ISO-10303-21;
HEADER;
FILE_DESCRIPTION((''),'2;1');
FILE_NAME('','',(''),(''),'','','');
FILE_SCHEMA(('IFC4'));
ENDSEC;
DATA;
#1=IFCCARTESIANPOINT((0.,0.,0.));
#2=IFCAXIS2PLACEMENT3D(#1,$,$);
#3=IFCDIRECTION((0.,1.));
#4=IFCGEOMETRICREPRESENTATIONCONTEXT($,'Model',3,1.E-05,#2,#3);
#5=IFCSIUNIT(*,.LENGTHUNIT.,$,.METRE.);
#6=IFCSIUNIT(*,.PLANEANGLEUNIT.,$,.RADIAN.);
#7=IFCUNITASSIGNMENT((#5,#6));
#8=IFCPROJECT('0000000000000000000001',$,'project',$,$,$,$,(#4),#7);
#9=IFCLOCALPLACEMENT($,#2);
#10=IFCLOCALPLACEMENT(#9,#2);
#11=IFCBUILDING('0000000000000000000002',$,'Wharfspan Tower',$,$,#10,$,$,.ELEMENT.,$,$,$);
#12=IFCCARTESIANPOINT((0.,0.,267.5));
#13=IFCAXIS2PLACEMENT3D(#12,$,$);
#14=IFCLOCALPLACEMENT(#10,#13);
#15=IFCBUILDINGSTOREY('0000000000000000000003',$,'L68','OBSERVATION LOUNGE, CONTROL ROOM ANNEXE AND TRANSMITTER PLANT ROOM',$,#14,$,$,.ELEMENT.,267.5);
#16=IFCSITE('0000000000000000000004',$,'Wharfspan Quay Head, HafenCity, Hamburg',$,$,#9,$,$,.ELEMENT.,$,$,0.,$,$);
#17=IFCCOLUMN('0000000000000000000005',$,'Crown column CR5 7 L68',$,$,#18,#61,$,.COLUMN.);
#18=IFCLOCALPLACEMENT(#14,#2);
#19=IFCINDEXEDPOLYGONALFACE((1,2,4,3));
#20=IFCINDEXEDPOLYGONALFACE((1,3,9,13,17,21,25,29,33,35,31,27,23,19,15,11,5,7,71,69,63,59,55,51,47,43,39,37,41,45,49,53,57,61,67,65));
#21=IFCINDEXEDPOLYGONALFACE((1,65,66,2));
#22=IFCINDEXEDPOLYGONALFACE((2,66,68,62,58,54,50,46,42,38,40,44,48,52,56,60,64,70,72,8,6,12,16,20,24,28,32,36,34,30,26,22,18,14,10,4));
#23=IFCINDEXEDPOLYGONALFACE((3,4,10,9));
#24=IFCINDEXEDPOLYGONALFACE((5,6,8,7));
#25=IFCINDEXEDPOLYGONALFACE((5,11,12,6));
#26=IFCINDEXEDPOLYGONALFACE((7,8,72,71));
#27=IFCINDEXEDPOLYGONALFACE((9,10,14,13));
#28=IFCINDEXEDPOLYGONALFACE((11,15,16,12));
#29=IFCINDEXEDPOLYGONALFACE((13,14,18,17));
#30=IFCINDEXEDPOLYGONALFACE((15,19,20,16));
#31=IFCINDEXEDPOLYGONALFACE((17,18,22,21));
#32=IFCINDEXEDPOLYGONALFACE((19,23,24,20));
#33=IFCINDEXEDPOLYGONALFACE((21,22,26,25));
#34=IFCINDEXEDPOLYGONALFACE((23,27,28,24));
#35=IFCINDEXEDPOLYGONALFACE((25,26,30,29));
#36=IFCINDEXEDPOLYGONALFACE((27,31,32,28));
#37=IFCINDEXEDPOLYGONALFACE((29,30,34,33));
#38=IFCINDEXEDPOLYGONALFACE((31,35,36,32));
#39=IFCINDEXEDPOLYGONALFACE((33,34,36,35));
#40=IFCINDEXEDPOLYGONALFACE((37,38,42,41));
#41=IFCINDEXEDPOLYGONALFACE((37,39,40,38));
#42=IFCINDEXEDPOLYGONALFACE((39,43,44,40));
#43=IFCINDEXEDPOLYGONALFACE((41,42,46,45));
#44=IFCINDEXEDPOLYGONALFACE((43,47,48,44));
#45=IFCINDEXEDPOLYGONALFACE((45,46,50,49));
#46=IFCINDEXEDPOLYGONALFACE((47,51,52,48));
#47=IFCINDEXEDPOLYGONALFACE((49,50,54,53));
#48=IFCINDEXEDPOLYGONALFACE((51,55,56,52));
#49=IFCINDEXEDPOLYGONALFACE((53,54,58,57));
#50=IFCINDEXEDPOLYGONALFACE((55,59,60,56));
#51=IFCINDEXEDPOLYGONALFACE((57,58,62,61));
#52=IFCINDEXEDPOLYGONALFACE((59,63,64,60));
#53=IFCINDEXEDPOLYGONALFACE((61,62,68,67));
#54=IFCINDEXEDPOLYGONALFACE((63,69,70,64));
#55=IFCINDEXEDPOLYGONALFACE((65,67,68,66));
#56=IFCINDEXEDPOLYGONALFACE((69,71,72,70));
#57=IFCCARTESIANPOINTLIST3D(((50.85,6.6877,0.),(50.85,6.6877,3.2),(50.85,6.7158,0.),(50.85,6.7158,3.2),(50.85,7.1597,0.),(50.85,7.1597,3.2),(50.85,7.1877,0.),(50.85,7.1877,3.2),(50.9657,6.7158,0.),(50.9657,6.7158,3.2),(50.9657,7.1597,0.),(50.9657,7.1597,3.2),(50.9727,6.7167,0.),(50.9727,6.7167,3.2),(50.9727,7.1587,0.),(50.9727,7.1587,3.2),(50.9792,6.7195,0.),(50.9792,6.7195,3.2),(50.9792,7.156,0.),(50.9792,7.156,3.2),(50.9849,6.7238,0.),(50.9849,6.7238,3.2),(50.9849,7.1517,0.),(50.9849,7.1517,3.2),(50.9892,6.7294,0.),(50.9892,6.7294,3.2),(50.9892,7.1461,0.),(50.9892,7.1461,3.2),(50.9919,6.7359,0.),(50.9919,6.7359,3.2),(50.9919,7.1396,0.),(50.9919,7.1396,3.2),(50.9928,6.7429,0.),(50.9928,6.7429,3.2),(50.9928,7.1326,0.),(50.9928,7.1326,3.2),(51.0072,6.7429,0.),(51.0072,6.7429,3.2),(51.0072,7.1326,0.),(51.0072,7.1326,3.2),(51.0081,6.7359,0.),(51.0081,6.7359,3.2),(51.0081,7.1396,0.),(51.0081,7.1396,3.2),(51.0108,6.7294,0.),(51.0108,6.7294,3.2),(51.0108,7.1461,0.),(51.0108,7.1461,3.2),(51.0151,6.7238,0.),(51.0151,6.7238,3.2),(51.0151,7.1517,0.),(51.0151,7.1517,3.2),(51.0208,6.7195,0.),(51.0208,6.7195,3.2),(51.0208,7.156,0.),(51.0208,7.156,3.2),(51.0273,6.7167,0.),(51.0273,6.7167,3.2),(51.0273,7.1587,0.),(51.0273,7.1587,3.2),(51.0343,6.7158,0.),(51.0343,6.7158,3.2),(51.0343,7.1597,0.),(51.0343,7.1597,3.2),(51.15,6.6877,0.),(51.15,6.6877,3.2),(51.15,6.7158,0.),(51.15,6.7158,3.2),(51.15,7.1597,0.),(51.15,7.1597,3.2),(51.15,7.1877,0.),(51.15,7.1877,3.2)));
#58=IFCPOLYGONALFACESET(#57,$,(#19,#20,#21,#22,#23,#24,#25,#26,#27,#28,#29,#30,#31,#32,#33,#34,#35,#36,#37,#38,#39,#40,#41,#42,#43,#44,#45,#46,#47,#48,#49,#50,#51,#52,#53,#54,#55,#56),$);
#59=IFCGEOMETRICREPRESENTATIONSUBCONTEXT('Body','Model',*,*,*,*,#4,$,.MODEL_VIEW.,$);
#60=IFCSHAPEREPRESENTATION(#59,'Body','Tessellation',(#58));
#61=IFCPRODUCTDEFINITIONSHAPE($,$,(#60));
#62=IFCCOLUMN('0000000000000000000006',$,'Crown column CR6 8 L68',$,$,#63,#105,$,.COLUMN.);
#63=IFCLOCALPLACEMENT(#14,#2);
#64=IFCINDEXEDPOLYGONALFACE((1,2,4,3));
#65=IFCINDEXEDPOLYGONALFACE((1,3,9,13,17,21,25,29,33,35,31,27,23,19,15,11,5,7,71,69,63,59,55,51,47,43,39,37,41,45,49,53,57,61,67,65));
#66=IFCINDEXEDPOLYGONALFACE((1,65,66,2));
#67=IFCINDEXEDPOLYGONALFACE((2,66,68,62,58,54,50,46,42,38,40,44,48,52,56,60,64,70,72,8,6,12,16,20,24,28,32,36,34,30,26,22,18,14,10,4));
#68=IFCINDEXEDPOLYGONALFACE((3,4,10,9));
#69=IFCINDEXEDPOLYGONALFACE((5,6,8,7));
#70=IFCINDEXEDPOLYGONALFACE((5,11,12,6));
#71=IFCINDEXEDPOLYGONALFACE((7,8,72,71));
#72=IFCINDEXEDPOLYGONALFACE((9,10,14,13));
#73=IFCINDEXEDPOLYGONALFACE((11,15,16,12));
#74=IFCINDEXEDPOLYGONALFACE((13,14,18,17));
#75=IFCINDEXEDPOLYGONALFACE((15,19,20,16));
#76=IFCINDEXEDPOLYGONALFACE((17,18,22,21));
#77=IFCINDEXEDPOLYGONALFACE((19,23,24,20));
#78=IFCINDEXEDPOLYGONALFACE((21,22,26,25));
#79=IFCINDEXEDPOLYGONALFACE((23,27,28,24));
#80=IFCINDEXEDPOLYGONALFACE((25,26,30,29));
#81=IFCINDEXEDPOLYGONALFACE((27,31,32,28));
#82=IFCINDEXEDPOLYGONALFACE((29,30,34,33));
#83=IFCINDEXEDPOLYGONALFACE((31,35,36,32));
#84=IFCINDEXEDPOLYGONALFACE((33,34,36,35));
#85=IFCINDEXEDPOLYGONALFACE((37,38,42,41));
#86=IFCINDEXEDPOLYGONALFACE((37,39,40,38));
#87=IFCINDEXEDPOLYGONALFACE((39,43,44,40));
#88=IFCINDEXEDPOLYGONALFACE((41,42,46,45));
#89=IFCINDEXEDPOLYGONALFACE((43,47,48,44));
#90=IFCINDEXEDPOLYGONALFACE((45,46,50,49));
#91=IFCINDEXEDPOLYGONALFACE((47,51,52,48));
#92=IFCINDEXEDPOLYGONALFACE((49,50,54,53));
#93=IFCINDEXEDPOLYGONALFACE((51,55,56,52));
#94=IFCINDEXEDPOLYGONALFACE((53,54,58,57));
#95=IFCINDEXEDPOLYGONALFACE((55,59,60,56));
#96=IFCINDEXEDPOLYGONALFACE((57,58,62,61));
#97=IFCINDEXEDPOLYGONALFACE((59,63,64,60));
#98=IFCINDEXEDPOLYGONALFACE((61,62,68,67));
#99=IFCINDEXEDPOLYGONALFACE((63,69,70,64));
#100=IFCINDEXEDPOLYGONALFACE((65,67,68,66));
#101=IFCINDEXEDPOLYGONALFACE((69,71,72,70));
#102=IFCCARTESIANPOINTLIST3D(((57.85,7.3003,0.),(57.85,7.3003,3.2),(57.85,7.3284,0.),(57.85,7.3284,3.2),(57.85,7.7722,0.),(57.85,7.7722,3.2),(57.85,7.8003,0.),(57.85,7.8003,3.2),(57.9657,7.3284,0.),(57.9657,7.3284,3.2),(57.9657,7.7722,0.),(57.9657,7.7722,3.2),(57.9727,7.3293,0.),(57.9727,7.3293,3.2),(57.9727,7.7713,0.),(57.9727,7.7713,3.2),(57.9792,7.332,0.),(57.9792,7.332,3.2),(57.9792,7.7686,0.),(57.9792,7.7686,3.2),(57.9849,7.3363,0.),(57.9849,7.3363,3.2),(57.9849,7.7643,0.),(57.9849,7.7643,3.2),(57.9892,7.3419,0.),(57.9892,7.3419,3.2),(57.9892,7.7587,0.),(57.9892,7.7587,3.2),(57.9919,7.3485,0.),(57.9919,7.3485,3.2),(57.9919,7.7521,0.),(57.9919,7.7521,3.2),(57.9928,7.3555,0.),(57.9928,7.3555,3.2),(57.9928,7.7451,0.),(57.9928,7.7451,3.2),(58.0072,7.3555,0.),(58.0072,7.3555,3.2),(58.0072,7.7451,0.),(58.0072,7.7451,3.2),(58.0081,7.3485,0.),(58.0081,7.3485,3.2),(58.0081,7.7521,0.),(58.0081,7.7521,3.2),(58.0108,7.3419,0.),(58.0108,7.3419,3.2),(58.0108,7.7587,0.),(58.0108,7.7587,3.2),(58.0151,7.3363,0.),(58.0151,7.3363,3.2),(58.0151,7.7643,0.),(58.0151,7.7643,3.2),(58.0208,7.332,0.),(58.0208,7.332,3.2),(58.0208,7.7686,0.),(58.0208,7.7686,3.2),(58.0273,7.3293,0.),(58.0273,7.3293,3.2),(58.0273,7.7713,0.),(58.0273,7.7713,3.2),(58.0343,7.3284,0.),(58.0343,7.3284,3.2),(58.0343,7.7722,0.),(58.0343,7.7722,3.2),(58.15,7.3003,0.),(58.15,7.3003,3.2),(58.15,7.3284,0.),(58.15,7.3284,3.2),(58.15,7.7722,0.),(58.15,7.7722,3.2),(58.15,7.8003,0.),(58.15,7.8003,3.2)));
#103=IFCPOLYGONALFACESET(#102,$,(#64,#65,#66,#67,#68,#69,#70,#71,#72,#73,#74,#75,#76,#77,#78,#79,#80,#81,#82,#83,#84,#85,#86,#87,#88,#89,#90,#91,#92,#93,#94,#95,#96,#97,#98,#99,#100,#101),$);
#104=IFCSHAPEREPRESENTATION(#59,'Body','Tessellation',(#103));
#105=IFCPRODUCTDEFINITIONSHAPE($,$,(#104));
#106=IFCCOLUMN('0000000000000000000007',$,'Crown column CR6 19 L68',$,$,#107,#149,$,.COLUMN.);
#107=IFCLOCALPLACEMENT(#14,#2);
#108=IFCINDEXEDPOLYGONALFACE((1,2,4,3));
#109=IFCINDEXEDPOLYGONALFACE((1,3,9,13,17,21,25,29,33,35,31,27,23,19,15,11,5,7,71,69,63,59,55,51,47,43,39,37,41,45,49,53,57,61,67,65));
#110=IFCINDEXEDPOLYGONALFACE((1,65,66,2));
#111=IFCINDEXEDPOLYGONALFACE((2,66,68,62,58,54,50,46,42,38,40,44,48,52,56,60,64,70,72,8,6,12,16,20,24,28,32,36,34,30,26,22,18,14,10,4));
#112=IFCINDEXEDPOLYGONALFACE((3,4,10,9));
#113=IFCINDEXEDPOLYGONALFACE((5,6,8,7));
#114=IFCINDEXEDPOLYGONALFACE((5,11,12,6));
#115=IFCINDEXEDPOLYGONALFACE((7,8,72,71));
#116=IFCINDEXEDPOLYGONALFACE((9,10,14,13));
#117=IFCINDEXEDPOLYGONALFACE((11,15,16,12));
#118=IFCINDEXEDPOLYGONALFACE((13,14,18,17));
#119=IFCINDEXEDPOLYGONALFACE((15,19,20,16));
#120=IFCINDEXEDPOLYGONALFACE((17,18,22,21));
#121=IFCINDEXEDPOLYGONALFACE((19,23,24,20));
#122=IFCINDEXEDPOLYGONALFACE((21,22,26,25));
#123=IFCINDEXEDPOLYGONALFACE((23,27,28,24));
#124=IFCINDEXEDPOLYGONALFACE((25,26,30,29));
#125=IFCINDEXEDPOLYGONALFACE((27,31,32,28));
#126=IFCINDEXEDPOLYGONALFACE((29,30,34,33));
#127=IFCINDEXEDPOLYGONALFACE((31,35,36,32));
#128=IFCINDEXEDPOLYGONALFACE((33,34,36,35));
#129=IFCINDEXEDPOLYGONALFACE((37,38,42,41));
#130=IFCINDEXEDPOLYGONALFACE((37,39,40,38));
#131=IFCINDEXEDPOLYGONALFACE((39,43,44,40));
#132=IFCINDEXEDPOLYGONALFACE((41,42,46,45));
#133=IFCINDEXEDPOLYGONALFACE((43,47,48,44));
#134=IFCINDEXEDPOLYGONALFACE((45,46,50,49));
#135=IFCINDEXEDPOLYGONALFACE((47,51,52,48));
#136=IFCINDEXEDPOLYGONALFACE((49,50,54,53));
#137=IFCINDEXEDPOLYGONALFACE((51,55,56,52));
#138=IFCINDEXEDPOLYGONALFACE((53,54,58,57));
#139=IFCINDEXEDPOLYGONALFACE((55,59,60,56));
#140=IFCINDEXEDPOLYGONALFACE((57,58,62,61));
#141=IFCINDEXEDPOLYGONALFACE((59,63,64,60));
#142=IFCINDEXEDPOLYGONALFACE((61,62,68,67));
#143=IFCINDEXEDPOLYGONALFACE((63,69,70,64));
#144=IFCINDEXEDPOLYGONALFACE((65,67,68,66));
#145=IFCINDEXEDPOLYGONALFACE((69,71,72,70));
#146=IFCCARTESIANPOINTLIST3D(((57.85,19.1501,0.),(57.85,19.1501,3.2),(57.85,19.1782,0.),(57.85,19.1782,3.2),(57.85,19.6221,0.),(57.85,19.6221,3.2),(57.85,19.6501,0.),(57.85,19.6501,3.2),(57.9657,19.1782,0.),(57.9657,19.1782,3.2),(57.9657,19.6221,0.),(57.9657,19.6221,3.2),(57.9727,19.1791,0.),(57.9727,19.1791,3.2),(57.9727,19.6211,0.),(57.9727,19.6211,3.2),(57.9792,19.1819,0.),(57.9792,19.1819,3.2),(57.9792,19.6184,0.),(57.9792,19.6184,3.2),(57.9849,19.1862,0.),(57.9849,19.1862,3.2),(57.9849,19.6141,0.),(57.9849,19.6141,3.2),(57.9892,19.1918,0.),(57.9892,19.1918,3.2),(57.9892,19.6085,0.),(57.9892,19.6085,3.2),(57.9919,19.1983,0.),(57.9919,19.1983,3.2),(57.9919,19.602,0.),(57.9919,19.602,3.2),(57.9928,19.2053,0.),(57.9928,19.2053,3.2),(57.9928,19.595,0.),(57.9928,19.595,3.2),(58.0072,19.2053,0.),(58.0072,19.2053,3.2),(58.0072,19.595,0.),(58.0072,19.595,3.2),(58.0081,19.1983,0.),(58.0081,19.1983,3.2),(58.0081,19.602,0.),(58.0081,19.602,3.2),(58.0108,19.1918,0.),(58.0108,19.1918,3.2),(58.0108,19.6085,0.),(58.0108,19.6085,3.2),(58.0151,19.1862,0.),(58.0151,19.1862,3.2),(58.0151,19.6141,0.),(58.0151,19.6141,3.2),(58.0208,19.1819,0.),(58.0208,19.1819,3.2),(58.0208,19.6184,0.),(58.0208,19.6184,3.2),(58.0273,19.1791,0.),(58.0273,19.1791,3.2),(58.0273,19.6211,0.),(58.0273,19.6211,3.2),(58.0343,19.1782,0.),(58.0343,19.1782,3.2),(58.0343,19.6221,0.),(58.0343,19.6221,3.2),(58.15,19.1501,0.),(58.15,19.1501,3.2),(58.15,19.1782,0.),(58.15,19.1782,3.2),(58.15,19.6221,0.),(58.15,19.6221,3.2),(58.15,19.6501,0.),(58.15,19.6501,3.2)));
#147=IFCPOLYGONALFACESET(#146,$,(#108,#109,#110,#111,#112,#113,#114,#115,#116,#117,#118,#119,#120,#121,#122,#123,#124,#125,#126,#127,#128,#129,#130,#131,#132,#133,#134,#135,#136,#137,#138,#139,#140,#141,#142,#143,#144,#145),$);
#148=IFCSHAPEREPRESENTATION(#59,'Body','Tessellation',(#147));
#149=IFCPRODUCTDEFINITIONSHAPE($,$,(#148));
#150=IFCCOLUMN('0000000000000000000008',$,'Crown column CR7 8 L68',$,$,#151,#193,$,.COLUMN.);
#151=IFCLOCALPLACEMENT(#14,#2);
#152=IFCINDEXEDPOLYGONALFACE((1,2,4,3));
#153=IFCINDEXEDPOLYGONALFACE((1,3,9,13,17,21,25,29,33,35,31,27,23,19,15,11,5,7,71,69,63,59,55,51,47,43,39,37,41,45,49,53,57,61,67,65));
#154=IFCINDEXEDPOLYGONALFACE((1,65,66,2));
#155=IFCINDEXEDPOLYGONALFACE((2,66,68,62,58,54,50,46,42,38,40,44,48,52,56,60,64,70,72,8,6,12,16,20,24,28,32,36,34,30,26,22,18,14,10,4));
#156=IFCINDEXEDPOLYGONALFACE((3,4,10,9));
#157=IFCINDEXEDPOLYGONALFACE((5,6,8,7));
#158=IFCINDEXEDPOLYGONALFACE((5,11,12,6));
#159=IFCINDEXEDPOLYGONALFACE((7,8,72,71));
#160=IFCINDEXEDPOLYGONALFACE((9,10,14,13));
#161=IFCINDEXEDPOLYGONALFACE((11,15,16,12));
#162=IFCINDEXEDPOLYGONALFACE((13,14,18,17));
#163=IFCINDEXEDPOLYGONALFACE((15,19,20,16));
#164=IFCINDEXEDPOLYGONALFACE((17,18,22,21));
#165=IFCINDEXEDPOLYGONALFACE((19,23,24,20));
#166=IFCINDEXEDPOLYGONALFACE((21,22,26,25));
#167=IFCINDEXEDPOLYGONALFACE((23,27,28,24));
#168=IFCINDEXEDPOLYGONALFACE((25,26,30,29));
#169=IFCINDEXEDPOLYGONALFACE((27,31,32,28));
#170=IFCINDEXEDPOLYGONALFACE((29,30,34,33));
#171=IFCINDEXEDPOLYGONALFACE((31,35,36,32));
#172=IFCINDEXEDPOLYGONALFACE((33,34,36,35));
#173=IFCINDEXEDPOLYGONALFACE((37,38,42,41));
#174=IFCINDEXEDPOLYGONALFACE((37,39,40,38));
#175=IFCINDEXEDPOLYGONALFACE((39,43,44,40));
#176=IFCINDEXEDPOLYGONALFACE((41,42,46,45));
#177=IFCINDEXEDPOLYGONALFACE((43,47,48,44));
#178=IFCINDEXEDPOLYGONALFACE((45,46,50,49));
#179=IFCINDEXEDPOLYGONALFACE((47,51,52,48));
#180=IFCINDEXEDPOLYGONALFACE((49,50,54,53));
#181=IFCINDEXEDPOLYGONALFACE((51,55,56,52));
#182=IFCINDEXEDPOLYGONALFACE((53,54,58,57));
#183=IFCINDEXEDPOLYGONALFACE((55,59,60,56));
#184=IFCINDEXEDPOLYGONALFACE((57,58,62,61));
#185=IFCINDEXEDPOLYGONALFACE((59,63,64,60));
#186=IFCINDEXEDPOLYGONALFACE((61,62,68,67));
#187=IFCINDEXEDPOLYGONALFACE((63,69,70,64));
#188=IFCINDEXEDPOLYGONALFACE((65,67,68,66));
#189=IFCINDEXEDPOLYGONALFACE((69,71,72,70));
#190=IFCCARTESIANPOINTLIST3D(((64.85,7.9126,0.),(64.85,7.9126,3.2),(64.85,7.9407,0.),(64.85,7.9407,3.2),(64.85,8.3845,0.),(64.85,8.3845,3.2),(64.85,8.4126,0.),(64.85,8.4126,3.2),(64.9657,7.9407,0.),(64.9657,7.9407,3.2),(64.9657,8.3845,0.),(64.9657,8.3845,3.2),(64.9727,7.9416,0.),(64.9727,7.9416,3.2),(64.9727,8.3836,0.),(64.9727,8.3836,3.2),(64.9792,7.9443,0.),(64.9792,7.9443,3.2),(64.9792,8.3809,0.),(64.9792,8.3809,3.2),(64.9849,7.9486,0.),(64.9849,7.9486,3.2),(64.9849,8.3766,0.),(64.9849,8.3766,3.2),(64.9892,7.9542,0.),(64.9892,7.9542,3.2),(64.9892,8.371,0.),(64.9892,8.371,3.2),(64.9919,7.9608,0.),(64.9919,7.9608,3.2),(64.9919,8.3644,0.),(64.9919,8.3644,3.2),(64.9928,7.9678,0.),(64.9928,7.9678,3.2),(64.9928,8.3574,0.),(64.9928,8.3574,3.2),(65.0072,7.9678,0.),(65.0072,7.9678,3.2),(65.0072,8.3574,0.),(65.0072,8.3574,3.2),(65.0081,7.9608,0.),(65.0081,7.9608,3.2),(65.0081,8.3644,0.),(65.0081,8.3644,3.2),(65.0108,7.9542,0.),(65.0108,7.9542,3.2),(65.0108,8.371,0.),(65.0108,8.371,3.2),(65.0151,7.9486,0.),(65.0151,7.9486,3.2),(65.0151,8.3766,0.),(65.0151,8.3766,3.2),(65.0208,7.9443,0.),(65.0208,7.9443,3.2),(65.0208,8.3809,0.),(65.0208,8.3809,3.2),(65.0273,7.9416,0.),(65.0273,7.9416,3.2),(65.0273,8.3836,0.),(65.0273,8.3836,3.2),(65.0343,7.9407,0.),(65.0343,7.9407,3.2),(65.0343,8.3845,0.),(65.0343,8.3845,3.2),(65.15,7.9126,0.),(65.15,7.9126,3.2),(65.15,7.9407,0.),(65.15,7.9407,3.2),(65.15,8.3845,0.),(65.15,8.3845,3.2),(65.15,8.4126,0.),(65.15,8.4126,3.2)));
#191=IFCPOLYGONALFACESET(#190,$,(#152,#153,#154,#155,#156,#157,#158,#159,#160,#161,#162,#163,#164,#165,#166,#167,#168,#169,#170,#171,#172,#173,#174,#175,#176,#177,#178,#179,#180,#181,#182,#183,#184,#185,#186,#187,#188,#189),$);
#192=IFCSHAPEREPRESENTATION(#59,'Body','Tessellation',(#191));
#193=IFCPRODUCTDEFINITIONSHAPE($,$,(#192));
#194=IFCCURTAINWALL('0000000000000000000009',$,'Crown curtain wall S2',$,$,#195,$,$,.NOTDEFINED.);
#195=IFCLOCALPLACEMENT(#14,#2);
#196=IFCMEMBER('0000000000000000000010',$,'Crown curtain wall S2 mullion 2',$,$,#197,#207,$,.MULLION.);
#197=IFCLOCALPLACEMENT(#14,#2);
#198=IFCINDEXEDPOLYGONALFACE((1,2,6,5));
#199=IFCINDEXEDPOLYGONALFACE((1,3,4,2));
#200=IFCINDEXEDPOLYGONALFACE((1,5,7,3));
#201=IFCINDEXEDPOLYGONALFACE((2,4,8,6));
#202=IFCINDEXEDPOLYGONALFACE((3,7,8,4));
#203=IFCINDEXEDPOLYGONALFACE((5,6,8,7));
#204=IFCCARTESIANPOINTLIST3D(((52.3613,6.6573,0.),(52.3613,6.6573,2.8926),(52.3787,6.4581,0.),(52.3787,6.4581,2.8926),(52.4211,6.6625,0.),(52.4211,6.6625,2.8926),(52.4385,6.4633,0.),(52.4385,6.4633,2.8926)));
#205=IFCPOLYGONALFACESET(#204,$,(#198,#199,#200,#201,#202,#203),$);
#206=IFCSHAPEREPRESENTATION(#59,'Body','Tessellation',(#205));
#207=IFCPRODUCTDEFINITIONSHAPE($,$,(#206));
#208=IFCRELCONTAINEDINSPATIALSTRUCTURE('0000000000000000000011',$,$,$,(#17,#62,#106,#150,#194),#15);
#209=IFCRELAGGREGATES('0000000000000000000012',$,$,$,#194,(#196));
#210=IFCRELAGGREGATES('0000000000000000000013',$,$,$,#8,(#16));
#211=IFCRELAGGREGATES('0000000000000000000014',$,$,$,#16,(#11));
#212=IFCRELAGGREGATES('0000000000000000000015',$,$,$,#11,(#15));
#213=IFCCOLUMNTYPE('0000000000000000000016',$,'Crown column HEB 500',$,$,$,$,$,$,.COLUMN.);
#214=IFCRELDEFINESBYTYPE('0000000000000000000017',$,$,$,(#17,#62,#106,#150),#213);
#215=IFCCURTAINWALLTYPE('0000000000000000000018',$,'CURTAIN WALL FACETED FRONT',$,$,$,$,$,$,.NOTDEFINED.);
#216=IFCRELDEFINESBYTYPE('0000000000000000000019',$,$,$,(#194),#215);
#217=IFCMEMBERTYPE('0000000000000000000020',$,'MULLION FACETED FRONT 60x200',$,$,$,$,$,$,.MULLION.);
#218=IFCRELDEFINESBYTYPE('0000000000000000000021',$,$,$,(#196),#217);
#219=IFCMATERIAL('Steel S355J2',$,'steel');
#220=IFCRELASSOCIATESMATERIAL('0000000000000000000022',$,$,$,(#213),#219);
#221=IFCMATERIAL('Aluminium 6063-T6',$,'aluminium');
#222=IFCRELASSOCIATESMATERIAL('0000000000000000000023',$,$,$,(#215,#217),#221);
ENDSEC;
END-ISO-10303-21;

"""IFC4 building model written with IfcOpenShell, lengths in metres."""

from ifc_helpers import new_model, si_unit, direction, frame, origin, origin_2d, place, context, subcontext, project, spatial, rectangle, i_section, extrude, material, material_profile, profile_set, type_object, element, aggregate, save


model = new_model("IFC4")

# Units and contexts
model_context = context("Model", 3, precision=1e-05, world=origin(), true_north=direction((0.0, 1.0)))
body_context = subcontext(model_context, "Body", "Model", "MODEL_VIEW")
ifc_project = project(units=[si_unit("LENGTHUNIT", "METRE"), si_unit("PLANEANGLEUNIT", "RADIAN")], contexts=[model_context])

# Site, building, storey
site_placement = place(None, origin())
site = spatial("IfcSite", under=ifc_project, at=site_placement, Name="Wharfspan Quay Head, HafenCity, Hamburg", CompositionType="ELEMENT", RefElevation=0.0)
building_placement = place(site_placement, origin())
building = spatial("IfcBuilding", under=site, at=building_placement, Name="Wharfspan Tower", CompositionType="ELEMENT")
storey_placement = place(building_placement, frame((0.0, 0.0, 267.5)))
storey = spatial("IfcBuildingStorey", under=building, at=storey_placement, Name="L68", Description="OBSERVATION LOUNGE, CONTROL ROOM ANNEXE AND TRANSMITTER PLANT ROOM", CompositionType="ELEMENT", Elevation=267.5)

# Columns
ifc_material_1 = material(Name="Steel S355J2", Category="steel")
ifc_material_profile_1 = material_profile(ifc_material_1, i_section(OverallWidth=0.3, OverallDepth=0.5, WebThickness=0.0144, FlangeThickness=0.0281, FilletRadius=0.0271, at=origin_2d()))
ifc_profile_set_1 = profile_set([ifc_material_profile_1], Name="Steel S355J2")
column_type = type_object("IfcColumnType", Name="Crown column HEB 500", PredefinedType="COLUMN", material=ifc_profile_set_1)
for number, where, z_axis, x_axis, name in (
    (1, (51.0, 6.9377, 0.0), (0.0, 0.0, 1.0), (1.0, 0.0, 0.0), "Crown column CR5 7 L68"),
    (2, (58.0, 7.5503, 0.0), (0.0, 0.0, 1.0), (1.0, 0.0, 0.0), "Crown column CR6 8 L68"),
    (3, (58.0, 19.4001, 0.0), (0.0, 0.0, 1.0), (1.0, 0.0, 0.0), "Crown column CR6 19 L68"),
    (4, (65.0, 8.1626, 0.0), (0.0, 0.0, 1.0), (1.0, 0.0, 0.0), "Crown column CR7 8 L68"),
):
    element("IfcColumn", number, at=place(storey_placement, frame(where, z_axis=z_axis, x_axis=x_axis)), inside=storey, type_object=column_type, Name=name, PredefinedType="COLUMN", context=body_context, shape_type="SweptSolid", body=[
        extrude(i_section(OverallWidth=0.3, OverallDepth=0.5, WebThickness=0.0144, FlangeThickness=0.0281, FilletRadius=0.0271, at=origin_2d()), origin(), (0.0, 0.0, 1.0), 3.2),
    ])

# Curtain wall, member
ifc_material_2 = material(Name="Aluminium 6063-T6", Category="aluminium")
curtain_wall_type = type_object("IfcCurtainWallType", Name="CURTAIN WALL FACETED FRONT", PredefinedType="NOTDEFINED", material=ifc_material_2)
curtain_wall_placement = place(storey_placement, origin())
curtain_wall = element("IfcCurtainWall", 5, at=curtain_wall_placement, inside=storey, type_object=curtain_wall_type, Name="Crown curtain wall S2", PredefinedType="NOTDEFINED")
ifc_material_profile_2 = material_profile(ifc_material_2, rectangle(XDim=0.2, YDim=0.0601, at=origin_2d()))
ifc_profile_set_2 = profile_set([ifc_material_profile_2], Name="Aluminium 6063-T6")
member_type_1 = type_object("IfcMemberType", Name="MULLION FACETED FRONT 60x200", PredefinedType="MULLION", material=ifc_profile_set_2)
member_1_placement = place(storey_placement, frame((52.3999, 6.5603, 0.0), z_axis=(0.0, 0.0, 1.0), x_axis=(-0.087156, 0.996198, 0.0)))
member_1 = element("IfcMember", 6, at=member_1_placement, type_object=member_type_1, Name="Crown curtain wall S2 mullion 2", PredefinedType="MULLION", context=body_context, shape_type="SweptSolid", body=[
    extrude(rectangle(XDim=0.2, YDim=0.0601, at=origin_2d()), origin(), (0.0, 0.0, 1.0), 2.8926),
])
aggregate(curtain_wall, [member_1])

save(model, "model.ifc")
